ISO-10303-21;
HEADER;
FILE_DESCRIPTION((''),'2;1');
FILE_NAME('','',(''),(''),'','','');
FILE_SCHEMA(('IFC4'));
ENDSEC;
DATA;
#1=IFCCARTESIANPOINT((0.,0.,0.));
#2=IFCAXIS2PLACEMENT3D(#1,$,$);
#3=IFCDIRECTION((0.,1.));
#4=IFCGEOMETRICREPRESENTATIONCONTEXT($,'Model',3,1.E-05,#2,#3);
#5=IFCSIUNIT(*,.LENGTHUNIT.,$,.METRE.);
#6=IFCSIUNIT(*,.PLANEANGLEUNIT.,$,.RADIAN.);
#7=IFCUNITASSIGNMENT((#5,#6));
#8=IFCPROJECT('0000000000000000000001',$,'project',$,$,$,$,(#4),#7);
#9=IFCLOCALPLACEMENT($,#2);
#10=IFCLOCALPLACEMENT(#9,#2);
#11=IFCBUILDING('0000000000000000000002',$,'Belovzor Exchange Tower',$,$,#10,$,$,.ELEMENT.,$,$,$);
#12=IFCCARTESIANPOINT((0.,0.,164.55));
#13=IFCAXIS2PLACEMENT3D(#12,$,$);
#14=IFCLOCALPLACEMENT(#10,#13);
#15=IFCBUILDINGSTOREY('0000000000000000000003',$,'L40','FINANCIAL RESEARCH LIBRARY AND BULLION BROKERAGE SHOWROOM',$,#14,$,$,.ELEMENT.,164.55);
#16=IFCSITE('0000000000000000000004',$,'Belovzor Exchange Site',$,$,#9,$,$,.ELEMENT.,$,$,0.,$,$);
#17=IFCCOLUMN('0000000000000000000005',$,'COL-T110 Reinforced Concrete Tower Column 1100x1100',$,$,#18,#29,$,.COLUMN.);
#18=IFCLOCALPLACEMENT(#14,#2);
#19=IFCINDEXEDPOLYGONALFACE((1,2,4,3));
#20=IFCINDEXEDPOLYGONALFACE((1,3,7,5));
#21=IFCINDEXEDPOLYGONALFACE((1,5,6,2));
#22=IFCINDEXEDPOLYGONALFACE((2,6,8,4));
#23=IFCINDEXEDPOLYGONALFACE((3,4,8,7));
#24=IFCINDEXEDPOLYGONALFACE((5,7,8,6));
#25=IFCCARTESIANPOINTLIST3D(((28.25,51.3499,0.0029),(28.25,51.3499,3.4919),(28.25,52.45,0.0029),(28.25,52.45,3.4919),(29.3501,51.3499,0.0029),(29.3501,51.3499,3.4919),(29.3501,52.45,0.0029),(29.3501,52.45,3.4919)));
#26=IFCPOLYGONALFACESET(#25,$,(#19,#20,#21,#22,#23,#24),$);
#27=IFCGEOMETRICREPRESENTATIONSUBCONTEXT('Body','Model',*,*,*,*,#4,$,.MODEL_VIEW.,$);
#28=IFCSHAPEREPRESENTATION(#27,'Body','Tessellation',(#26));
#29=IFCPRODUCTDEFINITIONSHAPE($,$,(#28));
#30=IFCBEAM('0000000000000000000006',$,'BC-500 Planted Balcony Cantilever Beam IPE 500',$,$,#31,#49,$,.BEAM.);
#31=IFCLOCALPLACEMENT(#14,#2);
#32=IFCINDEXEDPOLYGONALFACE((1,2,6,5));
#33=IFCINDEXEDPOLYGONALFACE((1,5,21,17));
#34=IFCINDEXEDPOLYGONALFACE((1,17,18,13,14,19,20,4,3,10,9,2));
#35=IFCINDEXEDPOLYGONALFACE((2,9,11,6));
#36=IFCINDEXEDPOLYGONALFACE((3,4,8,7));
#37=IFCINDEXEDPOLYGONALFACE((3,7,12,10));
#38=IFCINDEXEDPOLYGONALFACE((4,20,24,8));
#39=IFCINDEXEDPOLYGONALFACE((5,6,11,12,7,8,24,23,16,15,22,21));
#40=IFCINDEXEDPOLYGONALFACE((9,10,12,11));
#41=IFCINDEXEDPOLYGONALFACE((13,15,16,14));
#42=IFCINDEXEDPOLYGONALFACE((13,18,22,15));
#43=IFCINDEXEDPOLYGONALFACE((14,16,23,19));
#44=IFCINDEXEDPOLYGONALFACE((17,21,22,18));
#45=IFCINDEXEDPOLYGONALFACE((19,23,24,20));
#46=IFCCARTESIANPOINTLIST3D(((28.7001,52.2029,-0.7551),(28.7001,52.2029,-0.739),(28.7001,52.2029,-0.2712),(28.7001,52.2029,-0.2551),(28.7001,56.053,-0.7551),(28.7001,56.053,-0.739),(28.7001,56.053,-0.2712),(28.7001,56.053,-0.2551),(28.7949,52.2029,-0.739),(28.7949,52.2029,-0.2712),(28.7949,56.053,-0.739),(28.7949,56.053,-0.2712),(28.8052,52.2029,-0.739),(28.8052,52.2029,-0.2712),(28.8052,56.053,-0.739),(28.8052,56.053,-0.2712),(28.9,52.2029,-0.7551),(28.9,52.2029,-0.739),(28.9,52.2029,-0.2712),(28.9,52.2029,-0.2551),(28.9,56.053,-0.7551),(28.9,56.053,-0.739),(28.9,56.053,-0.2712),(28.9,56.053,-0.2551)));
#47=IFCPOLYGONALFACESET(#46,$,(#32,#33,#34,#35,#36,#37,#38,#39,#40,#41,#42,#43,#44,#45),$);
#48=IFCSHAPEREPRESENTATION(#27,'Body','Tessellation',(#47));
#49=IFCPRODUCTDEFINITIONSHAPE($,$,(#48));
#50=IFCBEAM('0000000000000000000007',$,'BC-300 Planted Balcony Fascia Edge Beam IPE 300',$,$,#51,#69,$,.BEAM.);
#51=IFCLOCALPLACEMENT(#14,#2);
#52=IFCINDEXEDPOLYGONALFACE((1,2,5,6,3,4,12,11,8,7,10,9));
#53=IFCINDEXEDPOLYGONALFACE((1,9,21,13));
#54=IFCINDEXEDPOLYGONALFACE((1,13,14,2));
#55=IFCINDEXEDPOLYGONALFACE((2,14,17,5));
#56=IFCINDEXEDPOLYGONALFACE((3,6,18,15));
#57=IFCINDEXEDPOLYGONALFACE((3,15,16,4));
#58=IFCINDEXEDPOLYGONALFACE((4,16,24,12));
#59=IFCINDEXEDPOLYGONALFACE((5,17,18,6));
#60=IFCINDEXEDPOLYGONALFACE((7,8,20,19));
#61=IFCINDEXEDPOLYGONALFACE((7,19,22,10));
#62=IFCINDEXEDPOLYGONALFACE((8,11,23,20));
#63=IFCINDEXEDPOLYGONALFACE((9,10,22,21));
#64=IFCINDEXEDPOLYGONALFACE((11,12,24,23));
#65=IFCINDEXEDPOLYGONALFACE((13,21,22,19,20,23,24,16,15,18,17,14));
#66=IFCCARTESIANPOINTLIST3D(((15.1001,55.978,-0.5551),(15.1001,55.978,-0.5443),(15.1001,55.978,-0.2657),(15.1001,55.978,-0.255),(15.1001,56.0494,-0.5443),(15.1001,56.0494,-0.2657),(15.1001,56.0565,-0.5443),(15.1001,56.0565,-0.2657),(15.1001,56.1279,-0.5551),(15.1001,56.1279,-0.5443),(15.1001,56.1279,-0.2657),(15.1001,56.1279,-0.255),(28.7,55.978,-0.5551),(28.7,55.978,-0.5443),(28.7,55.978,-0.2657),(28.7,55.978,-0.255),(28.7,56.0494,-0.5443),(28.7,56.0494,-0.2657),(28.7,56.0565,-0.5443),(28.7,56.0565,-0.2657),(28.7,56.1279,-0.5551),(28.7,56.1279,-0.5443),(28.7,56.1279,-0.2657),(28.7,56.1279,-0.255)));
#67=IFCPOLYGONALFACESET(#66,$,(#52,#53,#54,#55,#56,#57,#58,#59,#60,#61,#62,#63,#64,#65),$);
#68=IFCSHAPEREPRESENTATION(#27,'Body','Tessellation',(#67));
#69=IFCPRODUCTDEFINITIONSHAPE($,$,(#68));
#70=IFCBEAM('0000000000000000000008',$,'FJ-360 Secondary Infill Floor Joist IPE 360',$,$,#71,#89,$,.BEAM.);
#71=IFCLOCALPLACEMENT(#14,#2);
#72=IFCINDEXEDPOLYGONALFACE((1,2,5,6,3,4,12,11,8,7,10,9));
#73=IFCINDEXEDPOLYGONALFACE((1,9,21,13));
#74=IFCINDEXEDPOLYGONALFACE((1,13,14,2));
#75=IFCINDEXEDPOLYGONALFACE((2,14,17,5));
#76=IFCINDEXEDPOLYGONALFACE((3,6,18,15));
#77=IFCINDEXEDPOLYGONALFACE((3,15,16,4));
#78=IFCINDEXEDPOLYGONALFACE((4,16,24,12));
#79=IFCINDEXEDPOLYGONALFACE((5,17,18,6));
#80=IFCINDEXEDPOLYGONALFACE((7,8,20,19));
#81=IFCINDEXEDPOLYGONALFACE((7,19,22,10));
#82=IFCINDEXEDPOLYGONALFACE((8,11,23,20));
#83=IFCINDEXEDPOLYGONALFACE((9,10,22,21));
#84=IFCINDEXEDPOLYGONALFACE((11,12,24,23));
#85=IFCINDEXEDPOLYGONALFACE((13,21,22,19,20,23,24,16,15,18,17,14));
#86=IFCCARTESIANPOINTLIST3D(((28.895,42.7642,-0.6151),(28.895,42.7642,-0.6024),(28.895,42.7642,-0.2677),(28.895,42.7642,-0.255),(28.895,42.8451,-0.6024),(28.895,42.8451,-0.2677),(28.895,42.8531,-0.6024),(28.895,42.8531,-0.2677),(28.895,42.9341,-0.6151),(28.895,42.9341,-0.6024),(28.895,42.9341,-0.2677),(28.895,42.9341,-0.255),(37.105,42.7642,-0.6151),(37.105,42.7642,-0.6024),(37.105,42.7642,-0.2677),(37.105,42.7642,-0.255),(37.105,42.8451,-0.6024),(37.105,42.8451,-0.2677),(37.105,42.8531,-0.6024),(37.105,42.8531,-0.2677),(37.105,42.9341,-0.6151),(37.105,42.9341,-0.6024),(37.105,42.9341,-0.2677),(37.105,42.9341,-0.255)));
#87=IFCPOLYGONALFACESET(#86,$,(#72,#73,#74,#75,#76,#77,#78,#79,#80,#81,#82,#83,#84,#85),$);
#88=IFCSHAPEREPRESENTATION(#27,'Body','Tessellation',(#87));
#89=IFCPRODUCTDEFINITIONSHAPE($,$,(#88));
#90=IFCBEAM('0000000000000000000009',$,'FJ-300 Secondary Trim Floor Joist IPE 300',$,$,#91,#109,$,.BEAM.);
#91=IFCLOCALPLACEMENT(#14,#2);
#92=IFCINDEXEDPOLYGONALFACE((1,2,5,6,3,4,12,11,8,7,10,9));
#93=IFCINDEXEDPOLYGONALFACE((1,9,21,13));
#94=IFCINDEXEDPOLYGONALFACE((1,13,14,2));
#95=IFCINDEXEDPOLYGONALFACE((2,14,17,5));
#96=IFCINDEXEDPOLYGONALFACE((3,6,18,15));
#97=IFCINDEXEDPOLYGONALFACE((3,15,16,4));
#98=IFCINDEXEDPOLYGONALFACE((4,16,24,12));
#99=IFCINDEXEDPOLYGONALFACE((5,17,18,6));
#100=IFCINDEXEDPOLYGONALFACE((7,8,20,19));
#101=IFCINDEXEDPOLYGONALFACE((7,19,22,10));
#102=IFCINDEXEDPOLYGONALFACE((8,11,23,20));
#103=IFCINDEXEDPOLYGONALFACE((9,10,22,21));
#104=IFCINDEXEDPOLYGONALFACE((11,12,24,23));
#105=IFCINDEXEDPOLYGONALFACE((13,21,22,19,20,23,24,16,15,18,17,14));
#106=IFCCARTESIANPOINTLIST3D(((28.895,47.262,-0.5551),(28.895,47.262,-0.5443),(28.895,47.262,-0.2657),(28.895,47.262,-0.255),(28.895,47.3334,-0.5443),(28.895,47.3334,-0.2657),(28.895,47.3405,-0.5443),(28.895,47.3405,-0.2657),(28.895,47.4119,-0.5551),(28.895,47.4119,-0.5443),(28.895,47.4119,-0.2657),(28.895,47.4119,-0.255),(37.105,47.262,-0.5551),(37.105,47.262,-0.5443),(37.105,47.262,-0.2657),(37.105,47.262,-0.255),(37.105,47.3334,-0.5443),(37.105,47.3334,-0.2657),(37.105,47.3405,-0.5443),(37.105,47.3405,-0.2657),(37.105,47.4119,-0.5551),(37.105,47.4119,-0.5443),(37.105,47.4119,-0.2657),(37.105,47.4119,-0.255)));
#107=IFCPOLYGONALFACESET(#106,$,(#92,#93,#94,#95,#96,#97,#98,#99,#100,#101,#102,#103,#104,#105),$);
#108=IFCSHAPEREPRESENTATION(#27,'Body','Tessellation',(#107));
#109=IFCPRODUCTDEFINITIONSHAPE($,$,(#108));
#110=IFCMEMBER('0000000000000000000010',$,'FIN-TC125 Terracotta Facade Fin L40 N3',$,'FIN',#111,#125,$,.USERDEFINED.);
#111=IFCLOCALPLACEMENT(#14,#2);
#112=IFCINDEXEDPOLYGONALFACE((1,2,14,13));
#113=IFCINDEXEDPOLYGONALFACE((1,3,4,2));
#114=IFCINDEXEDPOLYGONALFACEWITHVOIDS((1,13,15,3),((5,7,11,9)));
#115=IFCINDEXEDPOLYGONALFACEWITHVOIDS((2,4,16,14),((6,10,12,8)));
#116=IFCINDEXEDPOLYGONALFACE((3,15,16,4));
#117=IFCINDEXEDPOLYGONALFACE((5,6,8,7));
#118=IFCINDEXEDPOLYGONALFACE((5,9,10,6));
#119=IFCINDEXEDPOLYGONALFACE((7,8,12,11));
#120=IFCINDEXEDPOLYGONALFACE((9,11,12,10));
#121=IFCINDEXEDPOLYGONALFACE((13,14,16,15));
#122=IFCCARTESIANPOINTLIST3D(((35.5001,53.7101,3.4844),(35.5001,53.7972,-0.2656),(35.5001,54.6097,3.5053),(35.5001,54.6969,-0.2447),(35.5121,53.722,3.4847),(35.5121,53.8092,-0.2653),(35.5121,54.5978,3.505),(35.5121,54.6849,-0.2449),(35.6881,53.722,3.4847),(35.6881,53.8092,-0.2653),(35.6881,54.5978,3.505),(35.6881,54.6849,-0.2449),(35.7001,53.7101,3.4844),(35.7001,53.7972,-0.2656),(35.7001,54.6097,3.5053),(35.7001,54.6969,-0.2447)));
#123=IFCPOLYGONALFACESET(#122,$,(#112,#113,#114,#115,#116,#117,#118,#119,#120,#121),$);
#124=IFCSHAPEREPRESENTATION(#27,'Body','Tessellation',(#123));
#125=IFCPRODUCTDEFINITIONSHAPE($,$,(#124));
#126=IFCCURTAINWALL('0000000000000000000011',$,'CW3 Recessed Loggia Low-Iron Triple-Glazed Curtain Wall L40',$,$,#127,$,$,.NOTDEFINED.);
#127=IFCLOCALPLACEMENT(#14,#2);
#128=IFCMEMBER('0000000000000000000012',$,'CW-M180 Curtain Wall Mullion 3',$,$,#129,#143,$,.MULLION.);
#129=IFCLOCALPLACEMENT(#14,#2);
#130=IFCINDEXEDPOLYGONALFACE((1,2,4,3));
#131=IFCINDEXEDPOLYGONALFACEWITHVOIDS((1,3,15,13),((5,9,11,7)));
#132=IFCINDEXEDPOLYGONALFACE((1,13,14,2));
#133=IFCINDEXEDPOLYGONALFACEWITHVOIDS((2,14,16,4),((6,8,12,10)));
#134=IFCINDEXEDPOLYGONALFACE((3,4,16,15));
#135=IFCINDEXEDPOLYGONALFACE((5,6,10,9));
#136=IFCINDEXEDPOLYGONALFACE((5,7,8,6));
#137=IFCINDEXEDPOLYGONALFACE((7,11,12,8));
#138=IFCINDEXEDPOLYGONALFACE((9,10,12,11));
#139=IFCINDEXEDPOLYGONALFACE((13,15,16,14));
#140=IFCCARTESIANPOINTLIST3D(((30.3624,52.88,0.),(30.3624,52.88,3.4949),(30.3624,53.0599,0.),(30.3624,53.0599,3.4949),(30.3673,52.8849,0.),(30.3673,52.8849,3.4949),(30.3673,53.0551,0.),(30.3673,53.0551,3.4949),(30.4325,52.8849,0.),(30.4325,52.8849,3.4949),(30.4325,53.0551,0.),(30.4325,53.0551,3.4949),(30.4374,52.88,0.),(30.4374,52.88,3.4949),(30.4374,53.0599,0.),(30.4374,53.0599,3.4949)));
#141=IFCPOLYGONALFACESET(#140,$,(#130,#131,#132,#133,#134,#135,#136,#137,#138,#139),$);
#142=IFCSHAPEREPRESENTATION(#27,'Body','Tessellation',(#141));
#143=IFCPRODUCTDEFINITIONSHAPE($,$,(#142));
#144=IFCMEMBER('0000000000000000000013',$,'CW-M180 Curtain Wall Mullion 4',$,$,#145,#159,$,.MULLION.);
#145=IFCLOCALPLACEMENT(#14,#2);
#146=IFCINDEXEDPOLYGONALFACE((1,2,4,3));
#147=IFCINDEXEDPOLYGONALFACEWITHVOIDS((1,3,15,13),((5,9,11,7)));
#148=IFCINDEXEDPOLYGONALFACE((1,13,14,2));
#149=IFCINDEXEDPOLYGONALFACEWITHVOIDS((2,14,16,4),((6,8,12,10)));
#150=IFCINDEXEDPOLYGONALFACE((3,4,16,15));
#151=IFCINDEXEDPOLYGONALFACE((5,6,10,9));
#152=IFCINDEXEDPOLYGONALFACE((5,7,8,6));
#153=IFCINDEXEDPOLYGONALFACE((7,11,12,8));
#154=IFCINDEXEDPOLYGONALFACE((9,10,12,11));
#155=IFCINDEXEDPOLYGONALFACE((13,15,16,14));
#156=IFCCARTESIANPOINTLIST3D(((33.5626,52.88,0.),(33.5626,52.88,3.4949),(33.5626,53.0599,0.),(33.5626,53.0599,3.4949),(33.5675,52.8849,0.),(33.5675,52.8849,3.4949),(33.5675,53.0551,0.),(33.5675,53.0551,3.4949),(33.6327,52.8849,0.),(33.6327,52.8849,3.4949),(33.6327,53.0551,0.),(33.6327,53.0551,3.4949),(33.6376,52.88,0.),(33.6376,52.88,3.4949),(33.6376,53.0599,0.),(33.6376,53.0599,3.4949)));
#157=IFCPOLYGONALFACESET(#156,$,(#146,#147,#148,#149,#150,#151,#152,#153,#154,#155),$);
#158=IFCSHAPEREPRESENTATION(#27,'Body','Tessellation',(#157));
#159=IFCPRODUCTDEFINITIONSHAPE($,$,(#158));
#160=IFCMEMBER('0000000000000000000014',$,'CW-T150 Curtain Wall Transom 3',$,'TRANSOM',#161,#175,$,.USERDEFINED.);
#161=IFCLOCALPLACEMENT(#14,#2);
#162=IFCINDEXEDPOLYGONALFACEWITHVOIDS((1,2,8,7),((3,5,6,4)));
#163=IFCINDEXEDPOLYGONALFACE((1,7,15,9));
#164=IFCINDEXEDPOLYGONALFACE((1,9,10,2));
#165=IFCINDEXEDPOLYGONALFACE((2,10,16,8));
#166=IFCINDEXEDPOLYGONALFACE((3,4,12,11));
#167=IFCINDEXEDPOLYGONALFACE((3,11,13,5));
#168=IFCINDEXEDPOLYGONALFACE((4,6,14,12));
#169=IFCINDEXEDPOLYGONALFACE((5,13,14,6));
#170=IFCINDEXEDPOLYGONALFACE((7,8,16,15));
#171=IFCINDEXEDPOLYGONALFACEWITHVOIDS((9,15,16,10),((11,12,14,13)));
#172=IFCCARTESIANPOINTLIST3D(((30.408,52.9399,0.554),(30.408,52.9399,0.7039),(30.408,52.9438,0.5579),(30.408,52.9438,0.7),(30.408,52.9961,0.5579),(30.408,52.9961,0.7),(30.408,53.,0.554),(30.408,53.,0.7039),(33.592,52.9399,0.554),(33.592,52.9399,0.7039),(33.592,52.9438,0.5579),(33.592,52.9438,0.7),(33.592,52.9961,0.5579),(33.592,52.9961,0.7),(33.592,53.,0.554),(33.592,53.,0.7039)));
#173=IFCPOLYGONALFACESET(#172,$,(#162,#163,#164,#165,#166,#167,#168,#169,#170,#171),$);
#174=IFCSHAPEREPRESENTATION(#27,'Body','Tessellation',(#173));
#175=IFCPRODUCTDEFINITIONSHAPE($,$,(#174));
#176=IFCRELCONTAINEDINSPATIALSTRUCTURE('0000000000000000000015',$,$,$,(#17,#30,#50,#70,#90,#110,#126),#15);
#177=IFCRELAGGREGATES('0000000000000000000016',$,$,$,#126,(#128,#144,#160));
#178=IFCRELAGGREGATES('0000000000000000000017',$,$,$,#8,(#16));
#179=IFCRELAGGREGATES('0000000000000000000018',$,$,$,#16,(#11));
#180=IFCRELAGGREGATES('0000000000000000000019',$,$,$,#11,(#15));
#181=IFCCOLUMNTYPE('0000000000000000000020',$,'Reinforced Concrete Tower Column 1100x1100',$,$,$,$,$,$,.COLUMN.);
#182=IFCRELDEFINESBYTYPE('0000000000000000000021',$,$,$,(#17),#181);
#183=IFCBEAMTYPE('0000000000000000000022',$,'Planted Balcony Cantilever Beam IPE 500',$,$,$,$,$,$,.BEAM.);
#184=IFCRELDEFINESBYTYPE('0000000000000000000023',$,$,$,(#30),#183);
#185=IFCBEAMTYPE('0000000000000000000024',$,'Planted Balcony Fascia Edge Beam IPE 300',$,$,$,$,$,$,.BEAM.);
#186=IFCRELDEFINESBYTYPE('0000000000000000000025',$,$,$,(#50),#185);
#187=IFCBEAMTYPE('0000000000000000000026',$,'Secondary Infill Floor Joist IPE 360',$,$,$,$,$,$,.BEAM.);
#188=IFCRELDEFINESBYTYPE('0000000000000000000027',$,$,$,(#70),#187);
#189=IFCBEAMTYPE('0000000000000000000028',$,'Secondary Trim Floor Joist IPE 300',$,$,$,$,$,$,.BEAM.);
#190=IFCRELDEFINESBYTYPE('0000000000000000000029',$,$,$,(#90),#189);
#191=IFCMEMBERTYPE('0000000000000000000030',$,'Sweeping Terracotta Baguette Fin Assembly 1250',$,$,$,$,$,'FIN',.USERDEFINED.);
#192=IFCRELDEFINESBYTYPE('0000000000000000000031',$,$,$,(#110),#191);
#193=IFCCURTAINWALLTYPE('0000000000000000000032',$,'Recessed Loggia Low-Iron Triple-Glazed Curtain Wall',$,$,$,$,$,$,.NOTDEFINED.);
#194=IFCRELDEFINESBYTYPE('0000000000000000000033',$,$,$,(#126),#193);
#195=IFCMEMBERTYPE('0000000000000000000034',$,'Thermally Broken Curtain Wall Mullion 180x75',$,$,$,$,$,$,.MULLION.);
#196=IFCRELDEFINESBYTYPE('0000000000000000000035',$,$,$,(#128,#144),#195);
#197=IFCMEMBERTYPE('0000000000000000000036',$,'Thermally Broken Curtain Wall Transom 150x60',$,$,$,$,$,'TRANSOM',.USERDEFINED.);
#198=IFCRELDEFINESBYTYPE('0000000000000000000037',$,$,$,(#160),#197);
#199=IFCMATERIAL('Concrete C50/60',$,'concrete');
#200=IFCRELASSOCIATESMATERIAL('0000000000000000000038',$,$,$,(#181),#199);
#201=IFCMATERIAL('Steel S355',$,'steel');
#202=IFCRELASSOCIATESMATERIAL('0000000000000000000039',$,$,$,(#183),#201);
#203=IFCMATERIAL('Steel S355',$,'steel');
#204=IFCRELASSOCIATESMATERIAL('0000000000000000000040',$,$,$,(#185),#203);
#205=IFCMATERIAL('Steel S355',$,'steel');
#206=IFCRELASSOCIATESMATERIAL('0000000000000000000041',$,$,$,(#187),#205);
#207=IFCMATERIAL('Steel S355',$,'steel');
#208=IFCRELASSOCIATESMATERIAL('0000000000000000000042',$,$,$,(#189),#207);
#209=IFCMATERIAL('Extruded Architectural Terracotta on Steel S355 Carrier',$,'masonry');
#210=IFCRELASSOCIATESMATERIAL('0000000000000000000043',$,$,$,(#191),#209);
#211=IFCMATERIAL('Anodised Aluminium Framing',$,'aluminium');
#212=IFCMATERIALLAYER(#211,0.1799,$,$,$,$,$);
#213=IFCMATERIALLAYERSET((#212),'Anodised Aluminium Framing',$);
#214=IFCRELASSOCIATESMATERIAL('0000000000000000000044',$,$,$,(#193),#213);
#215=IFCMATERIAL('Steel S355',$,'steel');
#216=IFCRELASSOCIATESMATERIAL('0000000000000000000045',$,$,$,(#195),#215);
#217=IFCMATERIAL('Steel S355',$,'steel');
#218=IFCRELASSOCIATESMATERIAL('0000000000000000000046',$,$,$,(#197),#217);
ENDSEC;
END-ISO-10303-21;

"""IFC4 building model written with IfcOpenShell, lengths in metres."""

from ifc_helpers import new_model, si_unit, direction, frame, origin, origin_2d, place, context, subcontext, project, spatial, rectangle, hollow_rectangle, i_section, extrude, material, layer, layer_set, material_profile, profile_set, type_object, element, aggregate, save


model = new_model("IFC4")

# Units and contexts
model_context = context("Model", 3, precision=1e-05, world=origin(), true_north=direction((0.0, 1.0)))
body_context = subcontext(model_context, "Body", "Model", "MODEL_VIEW")
ifc_project = project(units=[si_unit("LENGTHUNIT", "METRE"), si_unit("PLANEANGLEUNIT", "RADIAN")], contexts=[model_context])

# Site, building, storey
site_placement = place(None, origin())
site = spatial("IfcSite", under=ifc_project, at=site_placement, Name="Belovzor Exchange Site", CompositionType="ELEMENT", RefElevation=0.0)
building_placement = place(site_placement, origin())
building = spatial("IfcBuilding", under=site, at=building_placement, Name="Belovzor Exchange Tower", CompositionType="ELEMENT")
storey_placement = place(building_placement, frame((0.0, 0.0, 164.55)))
storey = spatial("IfcBuildingStorey", under=building, at=storey_placement, Name="L40", Description="FINANCIAL RESEARCH LIBRARY AND BULLION BROKERAGE SHOWROOM", CompositionType="ELEMENT", Elevation=164.55)

# Column
ifc_material_1 = material(Name="Concrete C50/60", Category="concrete")
ifc_material_profile_1 = material_profile(ifc_material_1, rectangle(XDim=1.1001, YDim=1.1001, at=origin_2d()))
ifc_profile_set_1 = profile_set([ifc_material_profile_1], Name="Concrete C50/60")
column_type = type_object("IfcColumnType", Name="Reinforced Concrete Tower Column 1100x1100", PredefinedType="COLUMN", material=ifc_profile_set_1)
column_placement = place(storey_placement, frame((28.8, 51.8999, 0.0029), z_axis=(0.0, 0.0, 1.0), x_axis=(1.0, 0.0, 0.0)))
element("IfcColumn", 1, at=column_placement, inside=storey, type_object=column_type, Name="COL-T110 Reinforced Concrete Tower Column 1100x1100", PredefinedType="COLUMN", context=body_context, shape_type="SweptSolid", body=[
    extrude(rectangle(XDim=1.1001, YDim=1.1001, at=origin_2d()), origin(), (0.0, 0.0, 1.0), 3.489),
])

# Beams
ifc_material_2 = material(Name="Steel S355", Category="steel")
ifc_material_profile_2 = material_profile(ifc_material_2, i_section(OverallWidth=0.2, OverallDepth=0.5, WebThickness=0.0103, FlangeThickness=0.0161, at=origin_2d()))
ifc_profile_set_2 = profile_set([ifc_material_profile_2], Name="Steel S355")
beam_type_1 = type_object("IfcBeamType", Name="Planted Balcony Cantilever Beam IPE 500", PredefinedType="BEAM", material=ifc_profile_set_2)
beam_1_placement = place(storey_placement, frame((28.8, 52.2029, -0.5051), z_axis=(0.0, 1.0, 0.0), x_axis=(-1.0, 0.0, 0.0)))
element("IfcBeam", 2, at=beam_1_placement, inside=storey, type_object=beam_type_1, Name="BC-500 Planted Balcony Cantilever Beam IPE 500", PredefinedType="BEAM", context=body_context, shape_type="SweptSolid", body=[
    extrude(i_section(OverallWidth=0.2, OverallDepth=0.5, WebThickness=0.0103, FlangeThickness=0.0161, at=origin_2d()), origin(), (0.0, 0.0, 1.0), 3.8501),
])
ifc_material_3 = material(Name="Steel S355", Category="steel")
ifc_material_profile_3 = material_profile(ifc_material_3, i_section(OverallWidth=0.1499, OverallDepth=0.3, WebThickness=0.0071, FlangeThickness=0.0107, at=origin_2d()))
ifc_profile_set_3 = profile_set([ifc_material_profile_3], Name="Steel S355")
beam_type_2 = type_object("IfcBeamType", Name="Planted Balcony Fascia Edge Beam IPE 300", PredefinedType="BEAM", material=ifc_profile_set_3)
beam_2_placement = place(storey_placement, frame((28.7, 56.053, -0.405), z_axis=(-1.0, 0.0, 0.0), x_axis=(0.0, -1.0, 0.0)))
element("IfcBeam", 3, at=beam_2_placement, inside=storey, type_object=beam_type_2, Name="BC-300 Planted Balcony Fascia Edge Beam IPE 300", PredefinedType="BEAM", context=body_context, shape_type="SweptSolid", body=[
    extrude(i_section(OverallWidth=0.1499, OverallDepth=0.3, WebThickness=0.0071, FlangeThickness=0.0107, at=origin_2d()), origin(), (0.0, 0.0, 1.0), 13.5999),
])
ifc_material_4 = material(Name="Steel S355", Category="steel")
ifc_material_profile_4 = material_profile(ifc_material_4, i_section(OverallWidth=0.1699, OverallDepth=0.3601, WebThickness=0.0081, FlangeThickness=0.0127, at=origin_2d()))
ifc_profile_set_4 = profile_set([ifc_material_profile_4], Name="Steel S355")
beam_type_3 = type_object("IfcBeamType", Name="Secondary Infill Floor Joist IPE 360", PredefinedType="BEAM", material=ifc_profile_set_4)
beam_3_placement = place(storey_placement, frame((28.895, 42.8491, -0.4351), z_axis=(1.0, 0.0, 0.0), x_axis=(0.0, 1.0, 0.0)))
element("IfcBeam", 4, at=beam_3_placement, inside=storey, type_object=beam_type_3, Name="FJ-360 Secondary Infill Floor Joist IPE 360", PredefinedType="BEAM", context=body_context, shape_type="SweptSolid", body=[
    extrude(i_section(OverallWidth=0.1699, OverallDepth=0.3601, WebThickness=0.0081, FlangeThickness=0.0127, at=origin_2d()), origin(), (0.0, 0.0, 1.0), 8.21),
])
ifc_material_5 = material(Name="Steel S355", Category="steel")
ifc_material_profile_5 = material_profile(ifc_material_5, i_section(OverallWidth=0.1499, OverallDepth=0.3, WebThickness=0.0071, FlangeThickness=0.0107, at=origin_2d()))
ifc_profile_set_5 = profile_set([ifc_material_profile_5], Name="Steel S355")
beam_type_4 = type_object("IfcBeamType", Name="Secondary Trim Floor Joist IPE 300", PredefinedType="BEAM", material=ifc_profile_set_5)
beam_4_placement = place(storey_placement, frame((28.895, 47.3369, -0.405), z_axis=(1.0, 0.0, 0.0), x_axis=(0.0, 1.0, 0.0)))
element("IfcBeam", 5, at=beam_4_placement, inside=storey, type_object=beam_type_4, Name="FJ-300 Secondary Trim Floor Joist IPE 300", PredefinedType="BEAM", context=body_context, shape_type="SweptSolid", body=[
    extrude(i_section(OverallWidth=0.1499, OverallDepth=0.3, WebThickness=0.0071, FlangeThickness=0.0107, at=origin_2d()), origin(), (0.0, 0.0, 1.0), 8.21),
])

# Member
ifc_material_6 = material(Name="Extruded Architectural Terracotta on Steel S355 Carrier", Category="masonry")
ifc_material_profile_6 = material_profile(ifc_material_6, hollow_rectangle(XDim=0.2, YDim=0.8999, WallThickness=0.012, at=origin_2d()))
ifc_profile_set_6 = profile_set([ifc_material_profile_6], Name="Extruded Architectural Terracotta on Steel S355 Carrier")
member_type_1 = type_object("IfcMemberType", Name="Sweeping Terracotta Baguette Fin Assembly 1250", ElementType="FIN", PredefinedType="USERDEFINED", material=ifc_profile_set_6)
member_1_placement = place(storey_placement, frame((35.6001, 54.2471, -0.2551), z_axis=(0.0, -0.023236, 0.99973), x_axis=(1.0, 0.0, 0.0)))
element("IfcMember", 6, at=member_1_placement, inside=storey, type_object=member_type_1, Name="FIN-TC125 Terracotta Facade Fin L40 N3", ObjectType="FIN", PredefinedType="USERDEFINED", context=body_context, shape_type="SweptSolid", body=[
    extrude(hollow_rectangle(XDim=0.2, YDim=0.8999, WallThickness=0.012, at=origin_2d()), origin(), (0.0, 0.0, 1.0), 3.751),
])

# Curtain wall, members
ifc_material_7 = material(Name="Anodised Aluminium Framing", Category="aluminium")
ifc_layer_1 = layer(ifc_material_7, 0.1799)
ifc_layer_set_1 = layer_set([ifc_layer_1], Name="Anodised Aluminium Framing")
curtain_wall_type = type_object("IfcCurtainWallType", Name="Recessed Loggia Low-Iron Triple-Glazed Curtain Wall", PredefinedType="NOTDEFINED", material=ifc_layer_set_1)
curtain_wall_placement = place(storey_placement, origin())
curtain_wall = element("IfcCurtainWall", 7, at=curtain_wall_placement, inside=storey, type_object=curtain_wall_type, Name="CW3 Recessed Loggia Low-Iron Triple-Glazed Curtain Wall L40", PredefinedType="NOTDEFINED")
ifc_material_8 = material(Name="Steel S355", Category="steel")
ifc_material_profile_7 = material_profile(ifc_material_8, hollow_rectangle(XDim=0.075, YDim=0.1799, WallThickness=0.0049, at=origin_2d()))
ifc_profile_set_7 = profile_set([ifc_material_profile_7], Name="Steel S355")
member_type_2 = type_object("IfcMemberType", Name="Thermally Broken Curtain Wall Mullion 180x75", PredefinedType="MULLION", material=ifc_profile_set_7)
member_2_placement = place(storey_placement, frame((30.3999, 52.97, 0.0), z_axis=(0.0, 0.0, 1.0), x_axis=(1.0, 0.0, 0.0)))
member_2 = element("IfcMember", 8, at=member_2_placement, type_object=member_type_2, Name="CW-M180 Curtain Wall Mullion 3", PredefinedType="MULLION", context=body_context, shape_type="SweptSolid", body=[
    extrude(hollow_rectangle(XDim=0.075, YDim=0.1799, WallThickness=0.0049, at=origin_2d()), origin(), (0.0, 0.0, 1.0), 3.4949),
])
member_3_placement = place(storey_placement, frame((33.6001, 52.97, 0.0), z_axis=(0.0, 0.0, 1.0), x_axis=(1.0, 0.0, 0.0)))
member_3 = element("IfcMember", 9, at=member_3_placement, type_object=member_type_2, Name="CW-M180 Curtain Wall Mullion 4", PredefinedType="MULLION", context=body_context, shape_type="SweptSolid", body=[
    extrude(hollow_rectangle(XDim=0.075, YDim=0.1799, WallThickness=0.0049, at=origin_2d()), origin(), (0.0, 0.0, 1.0), 3.4949),
])
ifc_material_9 = material(Name="Steel S355", Category="steel")
ifc_material_profile_8 = material_profile(ifc_material_9, hollow_rectangle(XDim=0.0601, YDim=0.1499, WallThickness=0.0039, at=origin_2d()))
ifc_profile_set_8 = profile_set([ifc_material_profile_8], Name="Steel S355")
member_type_3 = type_object("IfcMemberType", Name="Thermally Broken Curtain Wall Transom 150x60", ElementType="TRANSOM", PredefinedType="USERDEFINED", material=ifc_profile_set_8)
member_4_placement = place(storey_placement, frame((30.408, 52.97, 0.6289), z_axis=(1.0, 0.0, 0.0), x_axis=(0.0, 1.0, 0.0)))
member_4 = element("IfcMember", 10, at=member_4_placement, type_object=member_type_3, Name="CW-T150 Curtain Wall Transom 3", ObjectType="TRANSOM", PredefinedType="USERDEFINED", context=body_context, shape_type="SweptSolid", body=[
    extrude(hollow_rectangle(XDim=0.0601, YDim=0.1499, WallThickness=0.0039, at=origin_2d()), origin(), (0.0, 0.0, 1.0), 3.1841),
])

aggregate(curtain_wall, [member_2, member_3, member_4])

save(model, "model.ifc")
